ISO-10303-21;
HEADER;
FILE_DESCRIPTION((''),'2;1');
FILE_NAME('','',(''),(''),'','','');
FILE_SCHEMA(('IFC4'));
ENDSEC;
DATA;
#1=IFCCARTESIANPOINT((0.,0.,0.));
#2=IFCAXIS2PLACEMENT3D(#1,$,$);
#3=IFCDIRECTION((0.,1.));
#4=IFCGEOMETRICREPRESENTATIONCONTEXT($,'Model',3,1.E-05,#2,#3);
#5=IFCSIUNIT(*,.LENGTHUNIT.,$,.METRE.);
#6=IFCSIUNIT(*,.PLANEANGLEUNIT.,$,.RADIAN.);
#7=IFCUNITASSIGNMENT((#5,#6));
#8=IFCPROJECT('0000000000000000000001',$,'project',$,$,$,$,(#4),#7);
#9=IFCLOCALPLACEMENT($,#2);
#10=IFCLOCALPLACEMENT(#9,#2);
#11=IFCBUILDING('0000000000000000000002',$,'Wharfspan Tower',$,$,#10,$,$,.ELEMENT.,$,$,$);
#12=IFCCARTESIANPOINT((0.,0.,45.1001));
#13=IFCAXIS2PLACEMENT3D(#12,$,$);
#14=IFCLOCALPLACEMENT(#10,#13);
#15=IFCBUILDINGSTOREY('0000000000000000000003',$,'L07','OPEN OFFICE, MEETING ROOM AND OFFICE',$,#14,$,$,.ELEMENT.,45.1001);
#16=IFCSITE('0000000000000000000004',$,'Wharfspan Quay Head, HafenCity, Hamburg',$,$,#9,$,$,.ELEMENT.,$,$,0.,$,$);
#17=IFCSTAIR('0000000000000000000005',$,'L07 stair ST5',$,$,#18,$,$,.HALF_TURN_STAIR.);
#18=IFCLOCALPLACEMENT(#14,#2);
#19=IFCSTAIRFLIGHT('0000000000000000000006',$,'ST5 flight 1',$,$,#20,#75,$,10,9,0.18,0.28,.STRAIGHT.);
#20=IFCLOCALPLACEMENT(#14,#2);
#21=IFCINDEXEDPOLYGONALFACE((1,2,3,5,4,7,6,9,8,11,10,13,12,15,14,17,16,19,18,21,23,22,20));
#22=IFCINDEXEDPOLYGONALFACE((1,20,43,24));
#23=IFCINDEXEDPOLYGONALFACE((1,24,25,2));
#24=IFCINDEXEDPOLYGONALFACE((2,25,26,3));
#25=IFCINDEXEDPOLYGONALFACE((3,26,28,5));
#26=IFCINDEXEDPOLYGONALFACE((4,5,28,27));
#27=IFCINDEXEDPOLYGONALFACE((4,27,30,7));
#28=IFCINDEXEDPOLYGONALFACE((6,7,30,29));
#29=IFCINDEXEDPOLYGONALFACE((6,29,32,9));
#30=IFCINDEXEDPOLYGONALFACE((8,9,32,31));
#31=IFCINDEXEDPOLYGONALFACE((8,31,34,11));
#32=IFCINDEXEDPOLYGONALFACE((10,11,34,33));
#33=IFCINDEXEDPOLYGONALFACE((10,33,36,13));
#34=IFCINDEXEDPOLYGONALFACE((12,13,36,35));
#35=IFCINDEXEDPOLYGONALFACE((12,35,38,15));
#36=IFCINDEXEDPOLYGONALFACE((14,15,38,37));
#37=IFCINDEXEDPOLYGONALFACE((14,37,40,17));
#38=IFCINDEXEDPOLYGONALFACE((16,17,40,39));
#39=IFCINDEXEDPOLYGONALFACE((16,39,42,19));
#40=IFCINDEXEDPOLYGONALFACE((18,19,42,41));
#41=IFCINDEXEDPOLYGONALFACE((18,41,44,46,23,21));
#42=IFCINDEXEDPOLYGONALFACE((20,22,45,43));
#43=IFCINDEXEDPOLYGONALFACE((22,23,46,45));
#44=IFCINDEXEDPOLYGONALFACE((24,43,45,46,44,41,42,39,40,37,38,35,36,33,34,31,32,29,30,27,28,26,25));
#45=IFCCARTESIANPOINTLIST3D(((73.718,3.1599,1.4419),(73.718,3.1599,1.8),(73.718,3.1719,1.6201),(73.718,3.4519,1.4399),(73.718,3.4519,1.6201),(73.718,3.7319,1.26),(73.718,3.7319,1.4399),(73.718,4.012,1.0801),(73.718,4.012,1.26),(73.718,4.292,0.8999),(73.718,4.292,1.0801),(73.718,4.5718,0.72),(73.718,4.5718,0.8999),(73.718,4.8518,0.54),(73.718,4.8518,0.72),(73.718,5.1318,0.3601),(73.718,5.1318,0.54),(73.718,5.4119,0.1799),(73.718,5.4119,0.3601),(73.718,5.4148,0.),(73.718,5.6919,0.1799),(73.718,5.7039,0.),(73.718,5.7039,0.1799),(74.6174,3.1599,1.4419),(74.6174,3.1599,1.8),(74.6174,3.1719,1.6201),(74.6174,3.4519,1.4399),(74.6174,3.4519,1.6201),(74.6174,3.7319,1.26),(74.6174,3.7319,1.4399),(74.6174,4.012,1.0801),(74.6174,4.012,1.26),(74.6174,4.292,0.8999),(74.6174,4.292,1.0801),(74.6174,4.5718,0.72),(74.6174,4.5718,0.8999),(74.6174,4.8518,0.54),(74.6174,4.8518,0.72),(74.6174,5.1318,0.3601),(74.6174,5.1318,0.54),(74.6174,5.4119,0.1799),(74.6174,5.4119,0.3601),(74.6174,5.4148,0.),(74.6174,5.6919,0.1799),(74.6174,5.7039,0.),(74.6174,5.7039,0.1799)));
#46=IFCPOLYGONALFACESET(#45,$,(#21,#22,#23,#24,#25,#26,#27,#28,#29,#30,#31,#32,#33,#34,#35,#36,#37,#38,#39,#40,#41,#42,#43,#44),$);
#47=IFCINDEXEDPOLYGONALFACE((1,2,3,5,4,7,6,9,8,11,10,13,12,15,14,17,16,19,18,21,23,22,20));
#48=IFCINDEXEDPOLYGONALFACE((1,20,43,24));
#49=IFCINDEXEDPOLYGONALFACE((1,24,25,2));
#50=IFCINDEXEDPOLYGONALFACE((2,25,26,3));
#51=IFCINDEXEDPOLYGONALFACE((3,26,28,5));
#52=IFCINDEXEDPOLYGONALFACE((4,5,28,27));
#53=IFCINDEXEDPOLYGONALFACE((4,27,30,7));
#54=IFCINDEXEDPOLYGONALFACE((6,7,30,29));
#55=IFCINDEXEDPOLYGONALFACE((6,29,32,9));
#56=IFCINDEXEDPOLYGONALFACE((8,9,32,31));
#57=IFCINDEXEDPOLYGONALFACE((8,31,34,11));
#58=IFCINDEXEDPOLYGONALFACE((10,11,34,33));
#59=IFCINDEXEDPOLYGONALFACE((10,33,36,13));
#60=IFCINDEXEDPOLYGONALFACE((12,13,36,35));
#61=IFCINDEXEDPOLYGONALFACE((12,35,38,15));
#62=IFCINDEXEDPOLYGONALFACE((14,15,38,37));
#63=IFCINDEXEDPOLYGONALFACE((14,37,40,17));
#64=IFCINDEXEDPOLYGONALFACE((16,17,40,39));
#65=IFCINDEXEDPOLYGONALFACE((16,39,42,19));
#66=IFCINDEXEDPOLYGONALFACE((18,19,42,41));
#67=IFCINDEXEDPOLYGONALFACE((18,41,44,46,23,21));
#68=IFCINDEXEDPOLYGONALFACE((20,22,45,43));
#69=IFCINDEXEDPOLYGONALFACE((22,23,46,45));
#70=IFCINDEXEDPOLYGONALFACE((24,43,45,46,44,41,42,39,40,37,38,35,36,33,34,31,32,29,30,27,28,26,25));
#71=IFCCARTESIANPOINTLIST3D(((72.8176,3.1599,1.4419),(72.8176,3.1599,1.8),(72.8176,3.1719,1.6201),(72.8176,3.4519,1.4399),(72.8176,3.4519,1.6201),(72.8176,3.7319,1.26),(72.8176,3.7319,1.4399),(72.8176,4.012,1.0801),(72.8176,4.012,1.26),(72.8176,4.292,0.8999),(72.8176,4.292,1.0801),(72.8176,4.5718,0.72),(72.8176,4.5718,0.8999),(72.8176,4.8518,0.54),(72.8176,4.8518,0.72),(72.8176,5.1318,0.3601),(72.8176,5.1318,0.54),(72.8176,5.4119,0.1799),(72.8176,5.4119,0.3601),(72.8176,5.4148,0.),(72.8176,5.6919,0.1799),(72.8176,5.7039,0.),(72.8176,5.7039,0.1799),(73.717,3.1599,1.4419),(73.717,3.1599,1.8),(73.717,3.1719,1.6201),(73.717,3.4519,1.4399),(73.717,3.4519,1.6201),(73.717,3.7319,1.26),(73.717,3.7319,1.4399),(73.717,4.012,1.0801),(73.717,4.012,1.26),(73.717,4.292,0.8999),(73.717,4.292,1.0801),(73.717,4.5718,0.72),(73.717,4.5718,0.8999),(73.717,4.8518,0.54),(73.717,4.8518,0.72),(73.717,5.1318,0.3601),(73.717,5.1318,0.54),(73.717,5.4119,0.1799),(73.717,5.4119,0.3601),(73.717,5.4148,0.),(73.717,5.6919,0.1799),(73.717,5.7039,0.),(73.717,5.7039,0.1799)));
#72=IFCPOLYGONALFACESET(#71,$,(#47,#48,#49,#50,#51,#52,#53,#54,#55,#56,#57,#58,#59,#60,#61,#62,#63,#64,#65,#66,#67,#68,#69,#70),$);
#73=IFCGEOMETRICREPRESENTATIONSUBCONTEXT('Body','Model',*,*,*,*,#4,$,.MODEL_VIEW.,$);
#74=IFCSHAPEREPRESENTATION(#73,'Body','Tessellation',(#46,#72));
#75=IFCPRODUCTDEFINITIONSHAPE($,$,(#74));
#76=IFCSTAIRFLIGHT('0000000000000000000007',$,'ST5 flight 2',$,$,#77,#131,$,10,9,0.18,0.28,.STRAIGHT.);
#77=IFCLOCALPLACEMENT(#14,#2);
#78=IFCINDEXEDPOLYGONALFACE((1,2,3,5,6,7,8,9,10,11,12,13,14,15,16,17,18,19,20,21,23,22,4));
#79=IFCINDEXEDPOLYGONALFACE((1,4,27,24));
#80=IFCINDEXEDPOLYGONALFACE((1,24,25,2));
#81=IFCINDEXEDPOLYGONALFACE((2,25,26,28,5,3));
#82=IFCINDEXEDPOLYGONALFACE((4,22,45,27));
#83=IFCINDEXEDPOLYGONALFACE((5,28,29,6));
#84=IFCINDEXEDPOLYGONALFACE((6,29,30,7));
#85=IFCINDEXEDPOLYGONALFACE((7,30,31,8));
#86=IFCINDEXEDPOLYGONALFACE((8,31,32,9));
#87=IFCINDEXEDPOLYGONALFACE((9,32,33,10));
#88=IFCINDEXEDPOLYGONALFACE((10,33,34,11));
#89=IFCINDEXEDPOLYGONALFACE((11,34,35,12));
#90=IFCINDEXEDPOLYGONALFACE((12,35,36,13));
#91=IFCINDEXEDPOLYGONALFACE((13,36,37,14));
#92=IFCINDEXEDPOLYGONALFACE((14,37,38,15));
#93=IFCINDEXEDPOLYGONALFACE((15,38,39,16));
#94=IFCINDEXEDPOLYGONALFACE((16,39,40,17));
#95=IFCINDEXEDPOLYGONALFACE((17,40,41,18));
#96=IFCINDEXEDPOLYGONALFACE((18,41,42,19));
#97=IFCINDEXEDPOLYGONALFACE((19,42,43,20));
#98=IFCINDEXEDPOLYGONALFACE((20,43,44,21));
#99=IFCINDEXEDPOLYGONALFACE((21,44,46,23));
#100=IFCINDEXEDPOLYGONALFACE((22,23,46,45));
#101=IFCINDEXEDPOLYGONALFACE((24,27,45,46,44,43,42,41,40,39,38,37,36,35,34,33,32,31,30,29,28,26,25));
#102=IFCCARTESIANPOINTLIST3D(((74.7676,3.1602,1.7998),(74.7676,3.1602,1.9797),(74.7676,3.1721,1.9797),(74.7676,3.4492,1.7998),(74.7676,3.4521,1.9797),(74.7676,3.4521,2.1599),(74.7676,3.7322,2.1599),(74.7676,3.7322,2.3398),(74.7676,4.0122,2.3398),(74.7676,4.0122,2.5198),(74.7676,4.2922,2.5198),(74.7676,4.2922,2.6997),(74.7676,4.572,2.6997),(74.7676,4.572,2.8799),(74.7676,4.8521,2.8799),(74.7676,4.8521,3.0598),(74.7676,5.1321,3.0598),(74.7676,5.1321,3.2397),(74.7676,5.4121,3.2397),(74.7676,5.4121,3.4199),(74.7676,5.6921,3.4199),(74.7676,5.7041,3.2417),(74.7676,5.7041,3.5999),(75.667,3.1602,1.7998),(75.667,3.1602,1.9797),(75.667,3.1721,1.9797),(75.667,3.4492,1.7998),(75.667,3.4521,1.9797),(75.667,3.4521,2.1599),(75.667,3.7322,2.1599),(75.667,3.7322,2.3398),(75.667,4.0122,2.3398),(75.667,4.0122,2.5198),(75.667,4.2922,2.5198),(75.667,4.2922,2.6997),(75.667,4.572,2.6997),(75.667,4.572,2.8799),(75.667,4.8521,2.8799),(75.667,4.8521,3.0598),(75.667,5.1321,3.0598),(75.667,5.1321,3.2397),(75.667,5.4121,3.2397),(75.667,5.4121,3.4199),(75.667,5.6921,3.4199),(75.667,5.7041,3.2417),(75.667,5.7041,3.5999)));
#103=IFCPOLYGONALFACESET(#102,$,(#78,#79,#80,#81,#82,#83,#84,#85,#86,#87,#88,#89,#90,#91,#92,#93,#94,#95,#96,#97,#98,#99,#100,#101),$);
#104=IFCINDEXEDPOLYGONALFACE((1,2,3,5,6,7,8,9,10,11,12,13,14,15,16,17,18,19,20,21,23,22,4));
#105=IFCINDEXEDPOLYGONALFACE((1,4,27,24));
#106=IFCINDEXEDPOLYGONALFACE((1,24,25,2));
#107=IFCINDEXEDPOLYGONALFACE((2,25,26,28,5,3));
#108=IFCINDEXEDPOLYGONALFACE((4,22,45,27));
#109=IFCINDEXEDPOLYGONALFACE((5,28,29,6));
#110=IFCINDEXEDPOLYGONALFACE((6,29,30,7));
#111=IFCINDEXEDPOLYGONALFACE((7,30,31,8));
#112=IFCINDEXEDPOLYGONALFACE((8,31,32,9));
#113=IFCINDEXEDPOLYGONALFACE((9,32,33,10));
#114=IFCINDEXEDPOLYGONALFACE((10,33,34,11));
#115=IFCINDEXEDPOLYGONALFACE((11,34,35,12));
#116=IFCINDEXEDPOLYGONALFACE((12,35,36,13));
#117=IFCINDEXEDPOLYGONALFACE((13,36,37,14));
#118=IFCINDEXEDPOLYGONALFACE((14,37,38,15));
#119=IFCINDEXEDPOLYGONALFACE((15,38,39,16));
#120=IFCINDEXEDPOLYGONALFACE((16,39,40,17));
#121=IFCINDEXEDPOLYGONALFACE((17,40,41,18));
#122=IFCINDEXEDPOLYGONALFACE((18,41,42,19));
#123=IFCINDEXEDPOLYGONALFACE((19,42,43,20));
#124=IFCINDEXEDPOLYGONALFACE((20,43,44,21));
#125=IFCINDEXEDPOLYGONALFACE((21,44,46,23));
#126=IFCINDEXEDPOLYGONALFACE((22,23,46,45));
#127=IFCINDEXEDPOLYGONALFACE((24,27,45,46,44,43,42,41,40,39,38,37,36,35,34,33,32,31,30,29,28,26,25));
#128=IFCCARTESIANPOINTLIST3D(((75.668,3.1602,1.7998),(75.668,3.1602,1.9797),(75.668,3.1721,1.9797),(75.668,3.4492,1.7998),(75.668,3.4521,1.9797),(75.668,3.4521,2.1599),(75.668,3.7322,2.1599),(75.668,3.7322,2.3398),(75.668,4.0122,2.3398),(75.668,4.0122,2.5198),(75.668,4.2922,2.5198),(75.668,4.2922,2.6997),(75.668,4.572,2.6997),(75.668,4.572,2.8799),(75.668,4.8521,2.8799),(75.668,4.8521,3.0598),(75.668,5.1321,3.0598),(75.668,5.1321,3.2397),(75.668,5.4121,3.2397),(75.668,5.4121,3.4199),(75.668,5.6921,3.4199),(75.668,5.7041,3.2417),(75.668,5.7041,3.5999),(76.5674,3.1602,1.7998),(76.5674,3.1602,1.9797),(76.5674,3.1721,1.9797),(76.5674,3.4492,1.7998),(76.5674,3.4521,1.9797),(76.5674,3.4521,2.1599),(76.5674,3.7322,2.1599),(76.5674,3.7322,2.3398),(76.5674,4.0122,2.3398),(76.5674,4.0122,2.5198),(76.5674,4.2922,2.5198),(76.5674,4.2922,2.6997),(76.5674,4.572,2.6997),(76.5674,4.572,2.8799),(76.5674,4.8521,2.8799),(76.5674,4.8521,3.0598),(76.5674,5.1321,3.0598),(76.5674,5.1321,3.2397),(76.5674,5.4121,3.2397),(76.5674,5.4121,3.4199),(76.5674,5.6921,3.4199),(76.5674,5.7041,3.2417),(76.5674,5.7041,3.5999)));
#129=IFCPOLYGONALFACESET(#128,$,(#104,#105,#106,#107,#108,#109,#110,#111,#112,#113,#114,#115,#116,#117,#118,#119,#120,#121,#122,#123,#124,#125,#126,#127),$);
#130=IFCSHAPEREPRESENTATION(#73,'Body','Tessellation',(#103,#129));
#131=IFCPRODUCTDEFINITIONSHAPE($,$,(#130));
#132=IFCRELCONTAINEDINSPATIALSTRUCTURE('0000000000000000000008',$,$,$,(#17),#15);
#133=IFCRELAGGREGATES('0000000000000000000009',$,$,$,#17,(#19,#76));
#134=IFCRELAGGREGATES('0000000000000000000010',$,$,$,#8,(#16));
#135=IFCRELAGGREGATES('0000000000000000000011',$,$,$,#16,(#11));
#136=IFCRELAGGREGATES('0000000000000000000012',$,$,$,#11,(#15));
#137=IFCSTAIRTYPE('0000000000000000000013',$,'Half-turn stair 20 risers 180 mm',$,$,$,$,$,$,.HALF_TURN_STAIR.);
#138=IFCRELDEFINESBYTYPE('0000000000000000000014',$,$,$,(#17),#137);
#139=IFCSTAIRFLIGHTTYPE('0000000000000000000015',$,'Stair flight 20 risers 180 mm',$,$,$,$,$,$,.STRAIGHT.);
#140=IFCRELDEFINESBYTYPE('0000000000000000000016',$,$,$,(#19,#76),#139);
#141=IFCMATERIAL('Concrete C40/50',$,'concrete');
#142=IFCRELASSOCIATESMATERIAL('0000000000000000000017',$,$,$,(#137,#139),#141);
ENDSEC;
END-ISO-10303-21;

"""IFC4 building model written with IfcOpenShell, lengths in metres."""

from ifc_helpers import new_model, si_unit, direction, frame, origin, place, context, subcontext, project, spatial, polyline, outline, extrude, material, type_object, element, aggregate, save


model = new_model("IFC4")

# Units and contexts
model_context = context("Model", 3, precision=1e-05, world=origin(), true_north=direction((0.0, 1.0)))
body_context = subcontext(model_context, "Body", "Model", "MODEL_VIEW")
ifc_project = project(units=[si_unit("LENGTHUNIT", "METRE"), si_unit("PLANEANGLEUNIT", "RADIAN")], contexts=[model_context])

# Site, building, storey
site_placement = place(None, origin())
site = spatial("IfcSite", under=ifc_project, at=site_placement, Name="Wharfspan Quay Head, HafenCity, Hamburg", CompositionType="ELEMENT", RefElevation=0.0)
building_placement = place(site_placement, origin())
building = spatial("IfcBuilding", under=site, at=building_placement, Name="Wharfspan Tower", CompositionType="ELEMENT")
storey_placement = place(building_placement, frame((0.0, 0.0, 45.1001)))
storey = spatial("IfcBuildingStorey", under=building, at=storey_placement, Name="L07", Description="OPEN OFFICE, MEETING ROOM AND OFFICE", CompositionType="ELEMENT", Elevation=45.1001)

# Shared definitions
ifc_material_1 = material(Name="Concrete C40/50", Category="concrete")

# Stair, stair flights
stair_type = type_object("IfcStairType", Name="Half-turn stair 20 risers 180 mm", PredefinedType="HALF_TURN_STAIR", material=ifc_material_1)
stair_placement = place(storey_placement, origin())
stair = element("IfcStair", 1, at=stair_placement, inside=storey, type_object=stair_type, Name="L07 stair ST5", PredefinedType="HALF_TURN_STAIR")
stair_flight_type = type_object("IfcStairFlightType", Name="Stair flight 20 risers 180 mm", PredefinedType="STRAIGHT", material=ifc_material_1)
stair_flight_1_placement = place(storey_placement, frame((73.7175, 5.6919, 0.0), z_axis=(0.0, 0.0, 1.0), x_axis=(0.0, -1.0, 0.0)))
stair_flight_1 = element("IfcStairFlight", 2, at=stair_flight_1_placement, type_object=stair_flight_type, Name="ST5 flight 1", NumberOfRisers=10, NumberOfTreads=9, PredefinedType="STRAIGHT", RiserHeight=0.18, TreadLength=0.28, context=body_context, shape_type="SweptSolid", body=[
    extrude(outline(polyline([(-0.012, 0.0), (-0.012, 0.1799), (0.0, 0.1799), (0.28, 0.1799), (0.28, 0.3601), (0.5601, 0.3601), (0.5601, 0.54), (0.8401, 0.54), (0.8401, 0.72), (1.1201, 0.72), (1.1201, 0.8999), (1.3999, 0.8999), (1.3999, 1.0801), (1.6799, 1.0801), (1.6799, 1.26), (1.96, 1.26), (1.96, 1.4399), (2.24, 1.4399), (2.24, 1.6201), (2.52, 1.6201), (2.532, 1.8), (2.532, 1.4419), (0.2771, 0.0), (-0.012, 0.0)])), frame((0.0, 0.8999, 0.0), z_axis=(0.0, -1.0, 0.0), x_axis=(1.0, 0.0, 0.0)), (0.0, 0.0, 1.0), 0.8994),
    extrude(outline(polyline([(-0.012, 0.0), (-0.012, 0.1799), (0.0, 0.1799), (0.28, 0.1799), (0.28, 0.3601), (0.5601, 0.3601), (0.5601, 0.54), (0.8401, 0.54), (0.8401, 0.72), (1.1201, 0.72), (1.1201, 0.8999), (1.3999, 0.8999), (1.3999, 1.0801), (1.6799, 1.0801), (1.6799, 1.26), (1.96, 1.26), (1.96, 1.4399), (2.24, 1.4399), (2.24, 1.6201), (2.52, 1.6201), (2.532, 1.8), (2.532, 1.4419), (0.2771, 0.0), (-0.012, 0.0)])), frame((0.0, -0.0005, 0.0), z_axis=(0.0, -1.0, 0.0), x_axis=(1.0, 0.0, 0.0)), (0.0, 0.0, 1.0), 0.8994),
])
stair_flight_2_placement = place(storey_placement, frame((75.6675, 3.1721, 1.7998), z_axis=(0.0, 0.0, 1.0), x_axis=(0.0, 1.0, 0.0)))
stair_flight_2 = element("IfcStairFlight", 3, at=stair_flight_2_placement, type_object=stair_flight_type, Name="ST5 flight 2", NumberOfRisers=10, NumberOfTreads=9, PredefinedType="STRAIGHT", RiserHeight=0.18, TreadLength=0.28, context=body_context, shape_type="SweptSolid", body=[
    extrude(outline(polyline([(-0.012, 0.0), (-0.012, 0.1799), (0.0, 0.1799), (0.28, 0.1799), (0.28, 0.3601), (0.5601, 0.3601), (0.5601, 0.54), (0.8401, 0.54), (0.8401, 0.72), (1.1201, 0.72), (1.1201, 0.8999), (1.3999, 0.8999), (1.3999, 1.0801), (1.6799, 1.0801), (1.6799, 1.26), (1.96, 1.26), (1.96, 1.4399), (2.24, 1.4399), (2.24, 1.6201), (2.52, 1.6201), (2.532, 1.8), (2.532, 1.4419), (0.2771, 0.0), (-0.012, 0.0)])), frame((0.0, 0.8999, 0.0), z_axis=(0.0, -1.0, 0.0), x_axis=(1.0, 0.0, 0.0)), (0.0, 0.0, 1.0), 0.8994),
    extrude(outline(polyline([(-0.012, 0.0), (-0.012, 0.1799), (0.0, 0.1799), (0.28, 0.1799), (0.28, 0.3601), (0.5601, 0.3601), (0.5601, 0.54), (0.8401, 0.54), (0.8401, 0.72), (1.1201, 0.72), (1.1201, 0.8999), (1.3999, 0.8999), (1.3999, 1.0801), (1.6799, 1.0801), (1.6799, 1.26), (1.96, 1.26), (1.96, 1.4399), (2.24, 1.4399), (2.24, 1.6201), (2.52, 1.6201), (2.532, 1.8), (2.532, 1.4419), (0.2771, 0.0), (-0.012, 0.0)])), frame((0.0, -0.0005, 0.0), z_axis=(0.0, -1.0, 0.0), x_axis=(1.0, 0.0, 0.0)), (0.0, 0.0, 1.0), 0.8994),
])
aggregate(stair, [stair_flight_1, stair_flight_2])

save(model, "model.ifc")
